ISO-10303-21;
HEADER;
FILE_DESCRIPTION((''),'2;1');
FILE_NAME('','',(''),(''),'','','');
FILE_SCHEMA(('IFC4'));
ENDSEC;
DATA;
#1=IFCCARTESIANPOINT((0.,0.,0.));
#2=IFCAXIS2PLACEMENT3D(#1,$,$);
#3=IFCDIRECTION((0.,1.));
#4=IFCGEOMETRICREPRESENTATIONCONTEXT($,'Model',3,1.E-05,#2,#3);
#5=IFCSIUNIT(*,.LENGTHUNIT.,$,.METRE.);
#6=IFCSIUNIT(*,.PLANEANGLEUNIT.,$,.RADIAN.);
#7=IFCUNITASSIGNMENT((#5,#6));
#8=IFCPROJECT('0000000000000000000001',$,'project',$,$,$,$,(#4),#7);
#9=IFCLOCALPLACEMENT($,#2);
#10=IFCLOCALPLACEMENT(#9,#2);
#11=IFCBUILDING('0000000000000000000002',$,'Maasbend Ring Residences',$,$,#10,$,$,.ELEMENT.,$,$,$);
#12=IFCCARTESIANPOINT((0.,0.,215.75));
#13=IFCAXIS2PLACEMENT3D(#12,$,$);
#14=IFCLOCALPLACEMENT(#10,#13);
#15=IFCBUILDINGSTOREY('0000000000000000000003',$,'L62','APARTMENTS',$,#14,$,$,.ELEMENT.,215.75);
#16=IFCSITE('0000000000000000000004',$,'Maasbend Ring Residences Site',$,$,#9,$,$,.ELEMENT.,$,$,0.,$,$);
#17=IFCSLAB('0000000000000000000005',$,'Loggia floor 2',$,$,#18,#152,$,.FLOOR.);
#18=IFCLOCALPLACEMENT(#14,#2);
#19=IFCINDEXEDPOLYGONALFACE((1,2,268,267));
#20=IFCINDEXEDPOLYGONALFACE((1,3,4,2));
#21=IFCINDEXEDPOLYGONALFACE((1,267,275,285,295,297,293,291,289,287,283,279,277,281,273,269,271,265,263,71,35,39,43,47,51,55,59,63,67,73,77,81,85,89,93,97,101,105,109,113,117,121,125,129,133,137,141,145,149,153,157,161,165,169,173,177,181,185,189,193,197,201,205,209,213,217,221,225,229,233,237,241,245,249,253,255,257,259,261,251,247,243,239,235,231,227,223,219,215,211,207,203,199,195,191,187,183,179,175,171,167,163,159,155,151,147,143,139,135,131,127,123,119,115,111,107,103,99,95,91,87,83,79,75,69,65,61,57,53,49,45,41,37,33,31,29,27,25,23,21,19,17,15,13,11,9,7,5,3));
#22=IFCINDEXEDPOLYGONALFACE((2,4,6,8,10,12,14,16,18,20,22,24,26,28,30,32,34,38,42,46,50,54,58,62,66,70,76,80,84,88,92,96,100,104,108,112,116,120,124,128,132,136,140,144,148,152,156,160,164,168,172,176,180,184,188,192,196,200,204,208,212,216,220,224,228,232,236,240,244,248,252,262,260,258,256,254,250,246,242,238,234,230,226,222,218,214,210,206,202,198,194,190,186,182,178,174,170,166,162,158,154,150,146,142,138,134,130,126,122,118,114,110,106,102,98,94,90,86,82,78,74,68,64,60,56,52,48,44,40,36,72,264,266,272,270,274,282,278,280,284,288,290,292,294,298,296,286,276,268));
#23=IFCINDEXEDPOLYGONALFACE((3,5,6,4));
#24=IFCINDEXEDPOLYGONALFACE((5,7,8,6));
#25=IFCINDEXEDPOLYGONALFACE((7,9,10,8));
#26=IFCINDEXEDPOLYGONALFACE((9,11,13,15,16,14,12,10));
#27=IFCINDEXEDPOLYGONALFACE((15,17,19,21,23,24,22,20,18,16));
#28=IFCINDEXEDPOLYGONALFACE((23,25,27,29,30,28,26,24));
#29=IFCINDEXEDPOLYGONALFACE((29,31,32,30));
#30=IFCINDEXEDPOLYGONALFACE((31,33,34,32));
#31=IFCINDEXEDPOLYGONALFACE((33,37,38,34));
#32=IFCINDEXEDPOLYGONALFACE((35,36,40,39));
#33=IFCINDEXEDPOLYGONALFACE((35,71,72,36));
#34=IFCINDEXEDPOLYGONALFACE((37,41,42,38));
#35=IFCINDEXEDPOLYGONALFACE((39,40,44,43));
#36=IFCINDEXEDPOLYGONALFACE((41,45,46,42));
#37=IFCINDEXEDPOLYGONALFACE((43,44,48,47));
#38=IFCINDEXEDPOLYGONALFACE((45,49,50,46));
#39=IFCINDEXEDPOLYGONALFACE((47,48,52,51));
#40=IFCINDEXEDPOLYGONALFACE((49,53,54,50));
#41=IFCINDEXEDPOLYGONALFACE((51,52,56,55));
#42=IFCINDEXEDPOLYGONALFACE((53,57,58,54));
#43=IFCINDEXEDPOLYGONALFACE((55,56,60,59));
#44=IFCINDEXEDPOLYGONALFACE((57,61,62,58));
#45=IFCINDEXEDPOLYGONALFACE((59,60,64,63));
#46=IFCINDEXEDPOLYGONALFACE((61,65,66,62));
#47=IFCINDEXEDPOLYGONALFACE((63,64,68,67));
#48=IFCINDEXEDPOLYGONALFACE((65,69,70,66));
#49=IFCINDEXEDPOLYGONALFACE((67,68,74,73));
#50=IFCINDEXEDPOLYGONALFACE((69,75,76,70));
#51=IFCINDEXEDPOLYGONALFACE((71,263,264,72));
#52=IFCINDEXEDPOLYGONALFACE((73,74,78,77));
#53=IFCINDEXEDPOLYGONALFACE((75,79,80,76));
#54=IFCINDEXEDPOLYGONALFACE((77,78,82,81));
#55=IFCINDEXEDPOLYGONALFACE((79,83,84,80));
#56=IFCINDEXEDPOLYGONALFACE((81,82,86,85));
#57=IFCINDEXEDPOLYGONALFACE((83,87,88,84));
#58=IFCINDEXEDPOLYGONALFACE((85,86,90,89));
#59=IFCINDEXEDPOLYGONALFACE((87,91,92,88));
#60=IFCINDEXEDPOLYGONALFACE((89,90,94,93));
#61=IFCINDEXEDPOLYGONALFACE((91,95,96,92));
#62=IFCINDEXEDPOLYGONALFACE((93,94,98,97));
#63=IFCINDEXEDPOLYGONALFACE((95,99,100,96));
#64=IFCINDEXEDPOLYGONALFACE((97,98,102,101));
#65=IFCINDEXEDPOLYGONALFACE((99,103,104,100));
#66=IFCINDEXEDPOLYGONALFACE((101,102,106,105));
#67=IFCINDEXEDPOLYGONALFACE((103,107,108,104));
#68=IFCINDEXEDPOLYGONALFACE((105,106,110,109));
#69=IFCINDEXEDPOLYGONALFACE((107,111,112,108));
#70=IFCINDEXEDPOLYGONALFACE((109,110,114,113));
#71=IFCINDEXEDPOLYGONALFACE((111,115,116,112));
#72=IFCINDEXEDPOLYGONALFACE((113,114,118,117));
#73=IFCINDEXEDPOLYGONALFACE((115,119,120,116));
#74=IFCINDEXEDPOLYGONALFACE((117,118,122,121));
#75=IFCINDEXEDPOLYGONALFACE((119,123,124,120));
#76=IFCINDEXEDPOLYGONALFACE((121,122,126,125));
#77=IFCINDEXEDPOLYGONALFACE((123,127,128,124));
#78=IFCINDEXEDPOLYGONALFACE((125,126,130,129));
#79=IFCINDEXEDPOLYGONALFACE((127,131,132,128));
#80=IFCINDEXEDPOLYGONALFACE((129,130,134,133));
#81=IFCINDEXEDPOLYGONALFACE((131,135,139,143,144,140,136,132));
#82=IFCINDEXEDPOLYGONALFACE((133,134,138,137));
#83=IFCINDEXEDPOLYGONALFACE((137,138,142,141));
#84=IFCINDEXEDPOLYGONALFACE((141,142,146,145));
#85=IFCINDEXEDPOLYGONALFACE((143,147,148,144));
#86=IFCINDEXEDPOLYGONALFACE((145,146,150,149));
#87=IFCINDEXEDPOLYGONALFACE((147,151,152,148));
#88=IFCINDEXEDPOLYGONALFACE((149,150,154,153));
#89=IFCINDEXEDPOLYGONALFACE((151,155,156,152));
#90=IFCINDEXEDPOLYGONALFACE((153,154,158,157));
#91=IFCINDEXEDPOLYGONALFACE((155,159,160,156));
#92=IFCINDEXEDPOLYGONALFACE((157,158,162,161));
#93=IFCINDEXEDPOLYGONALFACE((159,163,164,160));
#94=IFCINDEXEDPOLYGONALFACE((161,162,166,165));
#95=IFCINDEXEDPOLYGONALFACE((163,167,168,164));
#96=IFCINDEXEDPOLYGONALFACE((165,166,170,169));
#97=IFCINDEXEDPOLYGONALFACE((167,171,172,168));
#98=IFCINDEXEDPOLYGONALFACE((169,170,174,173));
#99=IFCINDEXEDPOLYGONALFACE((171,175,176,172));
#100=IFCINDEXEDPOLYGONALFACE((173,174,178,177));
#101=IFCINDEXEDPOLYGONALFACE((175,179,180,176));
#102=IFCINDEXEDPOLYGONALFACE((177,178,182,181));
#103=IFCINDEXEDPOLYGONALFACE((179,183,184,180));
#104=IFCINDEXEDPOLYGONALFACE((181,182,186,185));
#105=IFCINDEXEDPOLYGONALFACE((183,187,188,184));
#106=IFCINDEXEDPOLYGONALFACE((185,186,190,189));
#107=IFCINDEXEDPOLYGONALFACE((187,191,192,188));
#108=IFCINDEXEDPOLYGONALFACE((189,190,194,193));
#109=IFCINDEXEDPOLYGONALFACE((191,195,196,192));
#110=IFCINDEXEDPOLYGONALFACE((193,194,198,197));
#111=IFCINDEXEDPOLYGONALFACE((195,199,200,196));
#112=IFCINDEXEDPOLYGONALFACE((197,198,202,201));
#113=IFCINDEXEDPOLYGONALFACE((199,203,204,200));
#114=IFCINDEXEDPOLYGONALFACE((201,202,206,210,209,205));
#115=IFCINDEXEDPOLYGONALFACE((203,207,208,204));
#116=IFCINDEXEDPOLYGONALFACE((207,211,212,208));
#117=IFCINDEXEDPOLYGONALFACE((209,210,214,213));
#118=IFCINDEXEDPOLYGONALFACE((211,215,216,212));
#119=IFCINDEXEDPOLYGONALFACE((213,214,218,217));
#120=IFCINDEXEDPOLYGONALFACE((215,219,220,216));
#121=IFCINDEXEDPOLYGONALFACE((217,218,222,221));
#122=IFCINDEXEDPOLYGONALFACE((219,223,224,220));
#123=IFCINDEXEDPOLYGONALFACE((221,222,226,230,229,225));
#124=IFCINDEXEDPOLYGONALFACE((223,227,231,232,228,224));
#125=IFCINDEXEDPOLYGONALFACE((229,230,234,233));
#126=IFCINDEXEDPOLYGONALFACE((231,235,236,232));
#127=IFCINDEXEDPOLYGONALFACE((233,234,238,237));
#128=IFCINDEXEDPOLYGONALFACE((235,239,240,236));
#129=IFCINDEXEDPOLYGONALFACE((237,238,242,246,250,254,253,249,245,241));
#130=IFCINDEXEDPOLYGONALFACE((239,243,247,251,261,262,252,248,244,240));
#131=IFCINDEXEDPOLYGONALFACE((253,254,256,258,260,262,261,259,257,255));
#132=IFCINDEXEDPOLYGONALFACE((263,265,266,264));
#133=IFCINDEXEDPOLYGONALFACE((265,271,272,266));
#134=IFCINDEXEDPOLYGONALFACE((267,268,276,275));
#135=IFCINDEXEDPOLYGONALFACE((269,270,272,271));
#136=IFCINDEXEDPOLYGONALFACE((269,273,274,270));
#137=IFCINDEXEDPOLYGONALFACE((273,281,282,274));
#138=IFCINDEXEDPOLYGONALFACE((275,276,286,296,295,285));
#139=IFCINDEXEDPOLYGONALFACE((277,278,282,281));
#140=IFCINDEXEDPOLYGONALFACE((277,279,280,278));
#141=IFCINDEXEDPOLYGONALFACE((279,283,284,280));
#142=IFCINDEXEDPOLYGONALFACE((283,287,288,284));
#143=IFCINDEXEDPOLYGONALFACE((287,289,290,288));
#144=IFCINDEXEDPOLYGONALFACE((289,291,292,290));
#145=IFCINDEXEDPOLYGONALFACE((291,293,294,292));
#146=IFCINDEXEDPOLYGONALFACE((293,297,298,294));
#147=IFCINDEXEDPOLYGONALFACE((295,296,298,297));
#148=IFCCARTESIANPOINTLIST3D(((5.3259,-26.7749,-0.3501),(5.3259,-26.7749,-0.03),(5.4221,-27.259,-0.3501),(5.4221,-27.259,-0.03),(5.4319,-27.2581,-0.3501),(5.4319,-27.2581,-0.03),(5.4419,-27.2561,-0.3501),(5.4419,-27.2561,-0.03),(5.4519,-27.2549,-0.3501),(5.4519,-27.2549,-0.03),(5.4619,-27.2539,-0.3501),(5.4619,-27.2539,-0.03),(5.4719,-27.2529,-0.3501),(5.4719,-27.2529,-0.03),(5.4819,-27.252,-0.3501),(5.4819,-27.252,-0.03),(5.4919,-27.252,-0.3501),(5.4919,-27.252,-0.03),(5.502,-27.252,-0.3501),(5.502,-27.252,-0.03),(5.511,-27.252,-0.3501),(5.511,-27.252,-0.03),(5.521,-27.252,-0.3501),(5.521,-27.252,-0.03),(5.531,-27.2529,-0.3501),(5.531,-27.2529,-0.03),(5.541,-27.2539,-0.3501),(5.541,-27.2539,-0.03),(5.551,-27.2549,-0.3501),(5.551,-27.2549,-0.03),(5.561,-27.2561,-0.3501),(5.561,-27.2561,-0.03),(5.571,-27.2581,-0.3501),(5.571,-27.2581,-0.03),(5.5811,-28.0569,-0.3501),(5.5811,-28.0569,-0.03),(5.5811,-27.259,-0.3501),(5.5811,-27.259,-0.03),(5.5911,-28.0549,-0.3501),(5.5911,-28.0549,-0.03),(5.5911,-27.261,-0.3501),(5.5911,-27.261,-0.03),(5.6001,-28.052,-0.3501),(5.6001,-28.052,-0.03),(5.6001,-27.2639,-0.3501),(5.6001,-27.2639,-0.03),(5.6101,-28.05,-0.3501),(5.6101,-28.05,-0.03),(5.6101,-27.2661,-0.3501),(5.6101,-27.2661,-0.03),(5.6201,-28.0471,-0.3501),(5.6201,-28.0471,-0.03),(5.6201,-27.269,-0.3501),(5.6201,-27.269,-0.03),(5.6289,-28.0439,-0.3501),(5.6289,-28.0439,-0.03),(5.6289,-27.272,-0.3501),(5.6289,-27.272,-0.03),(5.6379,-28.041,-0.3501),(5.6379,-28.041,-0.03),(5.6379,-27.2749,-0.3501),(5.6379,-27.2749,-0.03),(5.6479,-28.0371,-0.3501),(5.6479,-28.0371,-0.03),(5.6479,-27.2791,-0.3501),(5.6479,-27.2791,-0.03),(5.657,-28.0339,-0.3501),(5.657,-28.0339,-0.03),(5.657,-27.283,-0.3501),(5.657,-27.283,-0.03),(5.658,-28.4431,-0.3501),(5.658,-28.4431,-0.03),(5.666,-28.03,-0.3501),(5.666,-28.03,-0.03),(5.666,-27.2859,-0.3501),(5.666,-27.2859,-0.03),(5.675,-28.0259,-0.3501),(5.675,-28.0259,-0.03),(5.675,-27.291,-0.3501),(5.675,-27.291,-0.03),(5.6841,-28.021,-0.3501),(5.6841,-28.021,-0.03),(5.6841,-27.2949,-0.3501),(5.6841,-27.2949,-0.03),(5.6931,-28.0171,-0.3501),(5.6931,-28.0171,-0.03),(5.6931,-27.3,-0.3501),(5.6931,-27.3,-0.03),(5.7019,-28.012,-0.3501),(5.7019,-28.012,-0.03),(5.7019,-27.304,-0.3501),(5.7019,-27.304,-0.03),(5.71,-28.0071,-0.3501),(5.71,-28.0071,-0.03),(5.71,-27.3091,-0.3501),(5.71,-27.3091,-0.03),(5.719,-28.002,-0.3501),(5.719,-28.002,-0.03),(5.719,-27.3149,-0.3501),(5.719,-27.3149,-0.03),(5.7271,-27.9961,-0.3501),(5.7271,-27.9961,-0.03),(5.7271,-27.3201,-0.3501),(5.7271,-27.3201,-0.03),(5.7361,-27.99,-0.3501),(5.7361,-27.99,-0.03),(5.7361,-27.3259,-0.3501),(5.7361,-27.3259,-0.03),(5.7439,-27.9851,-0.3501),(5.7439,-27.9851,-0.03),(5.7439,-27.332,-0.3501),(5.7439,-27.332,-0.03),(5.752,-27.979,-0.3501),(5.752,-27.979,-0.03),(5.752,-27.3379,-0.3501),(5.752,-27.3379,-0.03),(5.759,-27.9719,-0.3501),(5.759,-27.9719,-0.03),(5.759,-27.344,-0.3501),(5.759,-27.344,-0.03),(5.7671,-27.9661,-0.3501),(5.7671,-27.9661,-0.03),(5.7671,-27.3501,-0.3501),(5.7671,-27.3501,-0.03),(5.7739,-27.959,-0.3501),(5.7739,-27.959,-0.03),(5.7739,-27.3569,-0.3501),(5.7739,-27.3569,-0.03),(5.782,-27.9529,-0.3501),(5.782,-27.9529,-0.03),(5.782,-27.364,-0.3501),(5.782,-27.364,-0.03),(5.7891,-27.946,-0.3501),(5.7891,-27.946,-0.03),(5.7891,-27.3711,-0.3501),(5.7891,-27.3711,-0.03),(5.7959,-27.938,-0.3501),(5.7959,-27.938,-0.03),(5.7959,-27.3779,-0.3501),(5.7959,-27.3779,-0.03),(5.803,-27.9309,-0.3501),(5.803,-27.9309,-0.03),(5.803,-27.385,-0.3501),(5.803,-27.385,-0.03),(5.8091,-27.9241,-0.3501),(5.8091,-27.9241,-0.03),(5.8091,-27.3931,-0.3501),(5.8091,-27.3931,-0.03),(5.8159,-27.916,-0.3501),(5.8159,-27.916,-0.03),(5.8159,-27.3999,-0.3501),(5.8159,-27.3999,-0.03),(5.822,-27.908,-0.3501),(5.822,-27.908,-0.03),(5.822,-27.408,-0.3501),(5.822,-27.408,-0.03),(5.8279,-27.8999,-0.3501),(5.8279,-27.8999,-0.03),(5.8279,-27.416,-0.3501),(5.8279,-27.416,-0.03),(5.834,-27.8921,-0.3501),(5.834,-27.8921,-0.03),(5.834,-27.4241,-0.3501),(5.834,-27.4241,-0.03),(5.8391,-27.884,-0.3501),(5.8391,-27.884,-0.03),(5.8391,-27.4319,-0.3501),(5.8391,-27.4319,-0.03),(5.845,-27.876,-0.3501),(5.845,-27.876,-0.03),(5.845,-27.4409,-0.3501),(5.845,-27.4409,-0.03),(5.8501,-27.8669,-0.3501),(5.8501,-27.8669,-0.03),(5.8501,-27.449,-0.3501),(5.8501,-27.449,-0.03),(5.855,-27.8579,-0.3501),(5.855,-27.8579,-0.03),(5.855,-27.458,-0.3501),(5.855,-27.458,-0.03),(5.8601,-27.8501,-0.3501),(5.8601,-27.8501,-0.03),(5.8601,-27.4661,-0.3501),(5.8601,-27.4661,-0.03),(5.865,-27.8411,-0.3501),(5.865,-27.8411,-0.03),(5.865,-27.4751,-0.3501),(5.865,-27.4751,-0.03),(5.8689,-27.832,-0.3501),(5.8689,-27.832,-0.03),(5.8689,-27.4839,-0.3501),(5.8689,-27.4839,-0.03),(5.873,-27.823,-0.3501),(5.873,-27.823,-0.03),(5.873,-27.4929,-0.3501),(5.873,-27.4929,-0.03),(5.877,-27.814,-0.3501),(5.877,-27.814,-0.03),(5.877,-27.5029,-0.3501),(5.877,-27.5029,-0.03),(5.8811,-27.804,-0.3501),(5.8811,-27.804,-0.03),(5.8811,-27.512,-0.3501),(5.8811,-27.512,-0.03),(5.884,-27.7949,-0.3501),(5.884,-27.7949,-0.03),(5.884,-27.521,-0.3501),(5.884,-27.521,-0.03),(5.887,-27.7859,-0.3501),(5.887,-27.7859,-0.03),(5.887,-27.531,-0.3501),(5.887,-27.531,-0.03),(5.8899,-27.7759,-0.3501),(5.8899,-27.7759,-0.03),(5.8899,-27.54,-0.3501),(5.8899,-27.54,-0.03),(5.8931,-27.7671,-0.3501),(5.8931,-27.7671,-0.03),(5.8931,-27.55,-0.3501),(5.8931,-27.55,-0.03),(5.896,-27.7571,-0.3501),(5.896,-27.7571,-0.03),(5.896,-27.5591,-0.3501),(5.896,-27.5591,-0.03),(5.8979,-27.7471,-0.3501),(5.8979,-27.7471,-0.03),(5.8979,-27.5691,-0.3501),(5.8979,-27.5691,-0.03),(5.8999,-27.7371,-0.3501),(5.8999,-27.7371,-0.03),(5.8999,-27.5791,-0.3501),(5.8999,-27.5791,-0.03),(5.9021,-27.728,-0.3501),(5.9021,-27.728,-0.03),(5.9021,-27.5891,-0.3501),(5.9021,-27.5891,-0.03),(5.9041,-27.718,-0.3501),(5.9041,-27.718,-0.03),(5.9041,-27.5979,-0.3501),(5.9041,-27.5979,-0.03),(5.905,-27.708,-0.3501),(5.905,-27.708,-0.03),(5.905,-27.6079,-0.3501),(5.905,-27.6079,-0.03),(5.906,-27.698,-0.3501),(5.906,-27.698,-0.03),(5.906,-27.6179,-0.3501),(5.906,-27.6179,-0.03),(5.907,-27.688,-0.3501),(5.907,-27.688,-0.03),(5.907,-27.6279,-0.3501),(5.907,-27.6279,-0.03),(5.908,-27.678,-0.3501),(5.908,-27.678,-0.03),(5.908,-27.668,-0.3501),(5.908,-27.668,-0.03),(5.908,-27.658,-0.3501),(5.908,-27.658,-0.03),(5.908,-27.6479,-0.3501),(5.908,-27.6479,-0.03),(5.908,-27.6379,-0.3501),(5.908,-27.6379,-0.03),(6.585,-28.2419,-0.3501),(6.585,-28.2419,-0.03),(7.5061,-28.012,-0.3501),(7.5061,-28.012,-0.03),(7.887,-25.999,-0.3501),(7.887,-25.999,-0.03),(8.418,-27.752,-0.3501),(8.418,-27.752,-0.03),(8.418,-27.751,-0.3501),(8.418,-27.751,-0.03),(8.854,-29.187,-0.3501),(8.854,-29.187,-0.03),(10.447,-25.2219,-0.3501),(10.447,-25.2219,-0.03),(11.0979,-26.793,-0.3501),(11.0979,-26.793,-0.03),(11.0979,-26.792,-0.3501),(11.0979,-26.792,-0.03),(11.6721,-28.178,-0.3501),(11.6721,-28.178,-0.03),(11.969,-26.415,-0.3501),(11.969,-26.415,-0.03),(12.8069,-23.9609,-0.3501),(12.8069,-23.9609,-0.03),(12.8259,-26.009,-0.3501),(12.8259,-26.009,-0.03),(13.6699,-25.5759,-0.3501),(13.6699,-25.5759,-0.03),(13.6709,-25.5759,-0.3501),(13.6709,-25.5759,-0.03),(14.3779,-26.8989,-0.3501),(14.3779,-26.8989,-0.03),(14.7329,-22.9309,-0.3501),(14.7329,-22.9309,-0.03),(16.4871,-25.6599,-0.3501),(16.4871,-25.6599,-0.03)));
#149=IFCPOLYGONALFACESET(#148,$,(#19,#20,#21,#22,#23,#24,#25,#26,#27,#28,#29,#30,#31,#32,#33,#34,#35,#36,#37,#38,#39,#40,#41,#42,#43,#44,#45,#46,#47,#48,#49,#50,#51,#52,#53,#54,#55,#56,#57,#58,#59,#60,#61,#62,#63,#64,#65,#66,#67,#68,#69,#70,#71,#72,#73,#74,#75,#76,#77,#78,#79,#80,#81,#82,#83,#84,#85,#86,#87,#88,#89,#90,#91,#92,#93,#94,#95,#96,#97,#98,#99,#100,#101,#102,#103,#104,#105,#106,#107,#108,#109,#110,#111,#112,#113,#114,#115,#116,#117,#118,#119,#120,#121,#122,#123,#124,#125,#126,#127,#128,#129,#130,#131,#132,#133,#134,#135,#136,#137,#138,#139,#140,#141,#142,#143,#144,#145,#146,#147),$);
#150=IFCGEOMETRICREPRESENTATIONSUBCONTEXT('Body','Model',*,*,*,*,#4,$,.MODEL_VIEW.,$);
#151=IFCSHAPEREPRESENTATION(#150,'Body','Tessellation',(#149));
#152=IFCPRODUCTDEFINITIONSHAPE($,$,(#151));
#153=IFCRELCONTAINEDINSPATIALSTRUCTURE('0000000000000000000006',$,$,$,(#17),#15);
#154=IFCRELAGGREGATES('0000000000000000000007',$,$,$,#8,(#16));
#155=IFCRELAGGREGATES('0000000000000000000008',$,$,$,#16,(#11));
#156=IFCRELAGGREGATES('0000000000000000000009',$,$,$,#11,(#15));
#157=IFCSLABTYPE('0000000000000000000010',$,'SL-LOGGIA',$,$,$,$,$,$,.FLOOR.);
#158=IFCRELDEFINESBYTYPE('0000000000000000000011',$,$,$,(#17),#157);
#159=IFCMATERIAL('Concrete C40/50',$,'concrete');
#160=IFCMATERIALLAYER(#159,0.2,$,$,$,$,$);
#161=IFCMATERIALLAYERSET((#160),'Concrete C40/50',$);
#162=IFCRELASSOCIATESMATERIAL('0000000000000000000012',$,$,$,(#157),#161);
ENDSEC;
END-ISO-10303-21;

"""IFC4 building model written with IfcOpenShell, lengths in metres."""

from ifc_helpers import new_model, si_unit, direction, frame, origin, place, context, subcontext, project, spatial, polyline, outline, extrude, material, layer, layer_set, type_object, element, save


model = new_model("IFC4")

# Units and contexts
model_context = context("Model", 3, precision=1e-05, world=origin(), true_north=direction((0.0, 1.0)))
body_context = subcontext(model_context, "Body", "Model", "MODEL_VIEW")
ifc_project = project(units=[si_unit("LENGTHUNIT", "METRE"), si_unit("PLANEANGLEUNIT", "RADIAN")], contexts=[model_context])

# Site, building, storey
site_placement = place(None, origin())
site = spatial("IfcSite", under=ifc_project, at=site_placement, Name="Maasbend Ring Residences Site", CompositionType="ELEMENT", RefElevation=0.0)
building_placement = place(site_placement, origin())
building = spatial("IfcBuilding", under=site, at=building_placement, Name="Maasbend Ring Residences", CompositionType="ELEMENT")
storey_placement = place(building_placement, frame((0.0, 0.0, 215.75)))
storey = spatial("IfcBuildingStorey", under=building, at=storey_placement, Name="L62", Description="APARTMENTS", CompositionType="ELEMENT", Elevation=215.75)

# Slab
ifc_material_1 = material(Name="Concrete C40/50", Category="concrete")
ifc_layer_1 = layer(ifc_material_1, 0.2)
ifc_layer_set_1 = layer_set([ifc_layer_1], Name="Concrete C40/50")
slab_type_1 = type_object("IfcSlabType", Name="SL-LOGGIA", PredefinedType="FLOOR", material=ifc_layer_set_1)
slab_1_placement = place(storey_placement, frame((0.0, 0.0, -0.3501)))
element("IfcSlab", 1, at=slab_1_placement, inside=storey, type_object=slab_type_1, Name="Loggia floor 2", PredefinedType="FLOOR", context=body_context, shape_type="SweptSolid", body=[
    extrude(outline(polyline([(10.447, -25.2219), (12.8069, -23.9609), (14.7329, -22.9309), (14.7329, -22.9309), (14.7329, -22.9309), (16.4871, -25.6599), (16.4871, -25.6599), (16.4871, -25.6599), (14.3779, -26.8989), (14.3779, -26.8989), (14.3779, -26.8989), (13.6709, -25.5759), (13.6709, -25.5759), (13.6709, -25.5759), (13.6709, -25.5759), (13.6709, -25.5759), (13.6709, -25.5759), (13.6709, -25.5759), (13.6699, -25.5759), (13.6699, -25.5759), (13.6699, -25.5759), (13.6699, -25.5759), (13.6699, -25.5759), (13.6699, -25.5759), (13.6699, -25.5759), (13.6699, -25.5759), (13.6699, -25.5759), (13.6699, -25.5759), (12.8259, -26.009), (12.8259, -26.009), (11.969, -26.415), (11.969, -26.415), (11.0979, -26.792), (11.0979, -26.792), (11.0979, -26.792), (11.0979, -26.792), (11.0979, -26.792), (11.0979, -26.792), (11.0979, -26.792), (11.0979, -26.793), (11.0979, -26.793), (11.0979, -26.793), (11.0979, -26.793), (11.0979, -26.793), (11.0979, -26.793), (11.0979, -26.793), (11.0979, -26.793), (11.0979, -26.793), (11.0979, -26.793), (11.6721, -28.178), (11.6721, -28.178), (11.6721, -28.178), (8.854, -29.187), (8.854, -29.187), (8.854, -29.187), (8.418, -27.752), (8.418, -27.752), (8.418, -27.752), (8.418, -27.752), (8.418, -27.752), (8.418, -27.752), (8.418, -27.752), (8.418, -27.751), (8.418, -27.751), (8.418, -27.751), (8.418, -27.751), (8.418, -27.751), (8.418, -27.751), (8.418, -27.751), (8.418, -27.751), (8.418, -27.751), (8.418, -27.751), (7.5061, -28.012), (7.5061, -28.012), (6.585, -28.2419), (6.585, -28.2419), (5.658, -28.4431), (5.658, -28.4431), (5.658, -28.4431), (5.5811, -28.0569), (5.5911, -28.0549), (5.6001, -28.052), (5.6101, -28.05), (5.6201, -28.0471), (5.6289, -28.0439), (5.6379, -28.041), (5.6479, -28.0371), (5.657, -28.0339), (5.666, -28.03), (5.675, -28.0259), (5.6841, -28.021), (5.6931, -28.0171), (5.7019, -28.012), (5.71, -28.0071), (5.719, -28.002), (5.7271, -27.9961), (5.7361, -27.99), (5.7439, -27.9851), (5.752, -27.979), (5.759, -27.9719), (5.7671, -27.9661), (5.7739, -27.959), (5.782, -27.9529), (5.7891, -27.946), (5.7959, -27.938), (5.803, -27.9309), (5.8091, -27.9241), (5.8159, -27.916), (5.822, -27.908), (5.8279, -27.8999), (5.834, -27.8921), (5.8391, -27.884), (5.845, -27.876), (5.8501, -27.8669), (5.855, -27.8579), (5.8601, -27.8501), (5.865, -27.8411), (5.8689, -27.832), (5.873, -27.823), (5.877, -27.814), (5.8811, -27.804), (5.884, -27.7949), (5.887, -27.7859), (5.8899, -27.7759), (5.8931, -27.7671), (5.896, -27.7571), (5.8979, -27.7471), (5.8999, -27.7371), (5.9021, -27.728), (5.9041, -27.718), (5.905, -27.708), (5.906, -27.698), (5.907, -27.688), (5.908, -27.678), (5.908, -27.668), (5.908, -27.658), (5.908, -27.6479), (5.908, -27.6379), (5.907, -27.6279), (5.906, -27.6179), (5.905, -27.6079), (5.9041, -27.5979), (5.9021, -27.5891), (5.8999, -27.5791), (5.8979, -27.5691), (5.896, -27.5591), (5.8931, -27.55), (5.8899, -27.54), (5.887, -27.531), (5.884, -27.521), (5.8811, -27.512), (5.877, -27.5029), (5.873, -27.4929), (5.8689, -27.4839), (5.865, -27.4751), (5.8601, -27.4661), (5.855, -27.458), (5.8501, -27.449), (5.845, -27.4409), (5.8391, -27.4319), (5.834, -27.4241), (5.8279, -27.416), (5.822, -27.408), (5.8159, -27.3999), (5.8091, -27.3931), (5.803, -27.385), (5.7959, -27.3779), (5.7891, -27.3711), (5.782, -27.364), (5.7739, -27.3569), (5.7671, -27.3501), (5.759, -27.344), (5.752, -27.3379), (5.7439, -27.332), (5.7361, -27.3259), (5.7271, -27.3201), (5.719, -27.3149), (5.71, -27.3091), (5.7019, -27.304), (5.6931, -27.3), (5.6841, -27.2949), (5.675, -27.291), (5.666, -27.2859), (5.657, -27.283), (5.6479, -27.2791), (5.6379, -27.2749), (5.6289, -27.272), (5.6201, -27.269), (5.6101, -27.2661), (5.6001, -27.2639), (5.5911, -27.261), (5.5811, -27.259), (5.571, -27.2581), (5.561, -27.2561), (5.551, -27.2549), (5.541, -27.2539), (5.531, -27.2529), (5.521, -27.252), (5.511, -27.252), (5.502, -27.252), (5.4919, -27.252), (5.4819, -27.252), (5.4719, -27.2529), (5.4619, -27.2539), (5.4519, -27.2549), (5.4419, -27.2561), (5.4319, -27.2581), (5.4221, -27.259), (5.3259, -26.7749), (5.3259, -26.7749), (5.3259, -26.7749), (7.887, -25.999), (10.447, -25.2219), (10.447, -25.2219), (10.447, -25.2219)])), origin(), (0.0, 0.0, 1.0), 0.3201),
])

save(model, "model.ifc")
